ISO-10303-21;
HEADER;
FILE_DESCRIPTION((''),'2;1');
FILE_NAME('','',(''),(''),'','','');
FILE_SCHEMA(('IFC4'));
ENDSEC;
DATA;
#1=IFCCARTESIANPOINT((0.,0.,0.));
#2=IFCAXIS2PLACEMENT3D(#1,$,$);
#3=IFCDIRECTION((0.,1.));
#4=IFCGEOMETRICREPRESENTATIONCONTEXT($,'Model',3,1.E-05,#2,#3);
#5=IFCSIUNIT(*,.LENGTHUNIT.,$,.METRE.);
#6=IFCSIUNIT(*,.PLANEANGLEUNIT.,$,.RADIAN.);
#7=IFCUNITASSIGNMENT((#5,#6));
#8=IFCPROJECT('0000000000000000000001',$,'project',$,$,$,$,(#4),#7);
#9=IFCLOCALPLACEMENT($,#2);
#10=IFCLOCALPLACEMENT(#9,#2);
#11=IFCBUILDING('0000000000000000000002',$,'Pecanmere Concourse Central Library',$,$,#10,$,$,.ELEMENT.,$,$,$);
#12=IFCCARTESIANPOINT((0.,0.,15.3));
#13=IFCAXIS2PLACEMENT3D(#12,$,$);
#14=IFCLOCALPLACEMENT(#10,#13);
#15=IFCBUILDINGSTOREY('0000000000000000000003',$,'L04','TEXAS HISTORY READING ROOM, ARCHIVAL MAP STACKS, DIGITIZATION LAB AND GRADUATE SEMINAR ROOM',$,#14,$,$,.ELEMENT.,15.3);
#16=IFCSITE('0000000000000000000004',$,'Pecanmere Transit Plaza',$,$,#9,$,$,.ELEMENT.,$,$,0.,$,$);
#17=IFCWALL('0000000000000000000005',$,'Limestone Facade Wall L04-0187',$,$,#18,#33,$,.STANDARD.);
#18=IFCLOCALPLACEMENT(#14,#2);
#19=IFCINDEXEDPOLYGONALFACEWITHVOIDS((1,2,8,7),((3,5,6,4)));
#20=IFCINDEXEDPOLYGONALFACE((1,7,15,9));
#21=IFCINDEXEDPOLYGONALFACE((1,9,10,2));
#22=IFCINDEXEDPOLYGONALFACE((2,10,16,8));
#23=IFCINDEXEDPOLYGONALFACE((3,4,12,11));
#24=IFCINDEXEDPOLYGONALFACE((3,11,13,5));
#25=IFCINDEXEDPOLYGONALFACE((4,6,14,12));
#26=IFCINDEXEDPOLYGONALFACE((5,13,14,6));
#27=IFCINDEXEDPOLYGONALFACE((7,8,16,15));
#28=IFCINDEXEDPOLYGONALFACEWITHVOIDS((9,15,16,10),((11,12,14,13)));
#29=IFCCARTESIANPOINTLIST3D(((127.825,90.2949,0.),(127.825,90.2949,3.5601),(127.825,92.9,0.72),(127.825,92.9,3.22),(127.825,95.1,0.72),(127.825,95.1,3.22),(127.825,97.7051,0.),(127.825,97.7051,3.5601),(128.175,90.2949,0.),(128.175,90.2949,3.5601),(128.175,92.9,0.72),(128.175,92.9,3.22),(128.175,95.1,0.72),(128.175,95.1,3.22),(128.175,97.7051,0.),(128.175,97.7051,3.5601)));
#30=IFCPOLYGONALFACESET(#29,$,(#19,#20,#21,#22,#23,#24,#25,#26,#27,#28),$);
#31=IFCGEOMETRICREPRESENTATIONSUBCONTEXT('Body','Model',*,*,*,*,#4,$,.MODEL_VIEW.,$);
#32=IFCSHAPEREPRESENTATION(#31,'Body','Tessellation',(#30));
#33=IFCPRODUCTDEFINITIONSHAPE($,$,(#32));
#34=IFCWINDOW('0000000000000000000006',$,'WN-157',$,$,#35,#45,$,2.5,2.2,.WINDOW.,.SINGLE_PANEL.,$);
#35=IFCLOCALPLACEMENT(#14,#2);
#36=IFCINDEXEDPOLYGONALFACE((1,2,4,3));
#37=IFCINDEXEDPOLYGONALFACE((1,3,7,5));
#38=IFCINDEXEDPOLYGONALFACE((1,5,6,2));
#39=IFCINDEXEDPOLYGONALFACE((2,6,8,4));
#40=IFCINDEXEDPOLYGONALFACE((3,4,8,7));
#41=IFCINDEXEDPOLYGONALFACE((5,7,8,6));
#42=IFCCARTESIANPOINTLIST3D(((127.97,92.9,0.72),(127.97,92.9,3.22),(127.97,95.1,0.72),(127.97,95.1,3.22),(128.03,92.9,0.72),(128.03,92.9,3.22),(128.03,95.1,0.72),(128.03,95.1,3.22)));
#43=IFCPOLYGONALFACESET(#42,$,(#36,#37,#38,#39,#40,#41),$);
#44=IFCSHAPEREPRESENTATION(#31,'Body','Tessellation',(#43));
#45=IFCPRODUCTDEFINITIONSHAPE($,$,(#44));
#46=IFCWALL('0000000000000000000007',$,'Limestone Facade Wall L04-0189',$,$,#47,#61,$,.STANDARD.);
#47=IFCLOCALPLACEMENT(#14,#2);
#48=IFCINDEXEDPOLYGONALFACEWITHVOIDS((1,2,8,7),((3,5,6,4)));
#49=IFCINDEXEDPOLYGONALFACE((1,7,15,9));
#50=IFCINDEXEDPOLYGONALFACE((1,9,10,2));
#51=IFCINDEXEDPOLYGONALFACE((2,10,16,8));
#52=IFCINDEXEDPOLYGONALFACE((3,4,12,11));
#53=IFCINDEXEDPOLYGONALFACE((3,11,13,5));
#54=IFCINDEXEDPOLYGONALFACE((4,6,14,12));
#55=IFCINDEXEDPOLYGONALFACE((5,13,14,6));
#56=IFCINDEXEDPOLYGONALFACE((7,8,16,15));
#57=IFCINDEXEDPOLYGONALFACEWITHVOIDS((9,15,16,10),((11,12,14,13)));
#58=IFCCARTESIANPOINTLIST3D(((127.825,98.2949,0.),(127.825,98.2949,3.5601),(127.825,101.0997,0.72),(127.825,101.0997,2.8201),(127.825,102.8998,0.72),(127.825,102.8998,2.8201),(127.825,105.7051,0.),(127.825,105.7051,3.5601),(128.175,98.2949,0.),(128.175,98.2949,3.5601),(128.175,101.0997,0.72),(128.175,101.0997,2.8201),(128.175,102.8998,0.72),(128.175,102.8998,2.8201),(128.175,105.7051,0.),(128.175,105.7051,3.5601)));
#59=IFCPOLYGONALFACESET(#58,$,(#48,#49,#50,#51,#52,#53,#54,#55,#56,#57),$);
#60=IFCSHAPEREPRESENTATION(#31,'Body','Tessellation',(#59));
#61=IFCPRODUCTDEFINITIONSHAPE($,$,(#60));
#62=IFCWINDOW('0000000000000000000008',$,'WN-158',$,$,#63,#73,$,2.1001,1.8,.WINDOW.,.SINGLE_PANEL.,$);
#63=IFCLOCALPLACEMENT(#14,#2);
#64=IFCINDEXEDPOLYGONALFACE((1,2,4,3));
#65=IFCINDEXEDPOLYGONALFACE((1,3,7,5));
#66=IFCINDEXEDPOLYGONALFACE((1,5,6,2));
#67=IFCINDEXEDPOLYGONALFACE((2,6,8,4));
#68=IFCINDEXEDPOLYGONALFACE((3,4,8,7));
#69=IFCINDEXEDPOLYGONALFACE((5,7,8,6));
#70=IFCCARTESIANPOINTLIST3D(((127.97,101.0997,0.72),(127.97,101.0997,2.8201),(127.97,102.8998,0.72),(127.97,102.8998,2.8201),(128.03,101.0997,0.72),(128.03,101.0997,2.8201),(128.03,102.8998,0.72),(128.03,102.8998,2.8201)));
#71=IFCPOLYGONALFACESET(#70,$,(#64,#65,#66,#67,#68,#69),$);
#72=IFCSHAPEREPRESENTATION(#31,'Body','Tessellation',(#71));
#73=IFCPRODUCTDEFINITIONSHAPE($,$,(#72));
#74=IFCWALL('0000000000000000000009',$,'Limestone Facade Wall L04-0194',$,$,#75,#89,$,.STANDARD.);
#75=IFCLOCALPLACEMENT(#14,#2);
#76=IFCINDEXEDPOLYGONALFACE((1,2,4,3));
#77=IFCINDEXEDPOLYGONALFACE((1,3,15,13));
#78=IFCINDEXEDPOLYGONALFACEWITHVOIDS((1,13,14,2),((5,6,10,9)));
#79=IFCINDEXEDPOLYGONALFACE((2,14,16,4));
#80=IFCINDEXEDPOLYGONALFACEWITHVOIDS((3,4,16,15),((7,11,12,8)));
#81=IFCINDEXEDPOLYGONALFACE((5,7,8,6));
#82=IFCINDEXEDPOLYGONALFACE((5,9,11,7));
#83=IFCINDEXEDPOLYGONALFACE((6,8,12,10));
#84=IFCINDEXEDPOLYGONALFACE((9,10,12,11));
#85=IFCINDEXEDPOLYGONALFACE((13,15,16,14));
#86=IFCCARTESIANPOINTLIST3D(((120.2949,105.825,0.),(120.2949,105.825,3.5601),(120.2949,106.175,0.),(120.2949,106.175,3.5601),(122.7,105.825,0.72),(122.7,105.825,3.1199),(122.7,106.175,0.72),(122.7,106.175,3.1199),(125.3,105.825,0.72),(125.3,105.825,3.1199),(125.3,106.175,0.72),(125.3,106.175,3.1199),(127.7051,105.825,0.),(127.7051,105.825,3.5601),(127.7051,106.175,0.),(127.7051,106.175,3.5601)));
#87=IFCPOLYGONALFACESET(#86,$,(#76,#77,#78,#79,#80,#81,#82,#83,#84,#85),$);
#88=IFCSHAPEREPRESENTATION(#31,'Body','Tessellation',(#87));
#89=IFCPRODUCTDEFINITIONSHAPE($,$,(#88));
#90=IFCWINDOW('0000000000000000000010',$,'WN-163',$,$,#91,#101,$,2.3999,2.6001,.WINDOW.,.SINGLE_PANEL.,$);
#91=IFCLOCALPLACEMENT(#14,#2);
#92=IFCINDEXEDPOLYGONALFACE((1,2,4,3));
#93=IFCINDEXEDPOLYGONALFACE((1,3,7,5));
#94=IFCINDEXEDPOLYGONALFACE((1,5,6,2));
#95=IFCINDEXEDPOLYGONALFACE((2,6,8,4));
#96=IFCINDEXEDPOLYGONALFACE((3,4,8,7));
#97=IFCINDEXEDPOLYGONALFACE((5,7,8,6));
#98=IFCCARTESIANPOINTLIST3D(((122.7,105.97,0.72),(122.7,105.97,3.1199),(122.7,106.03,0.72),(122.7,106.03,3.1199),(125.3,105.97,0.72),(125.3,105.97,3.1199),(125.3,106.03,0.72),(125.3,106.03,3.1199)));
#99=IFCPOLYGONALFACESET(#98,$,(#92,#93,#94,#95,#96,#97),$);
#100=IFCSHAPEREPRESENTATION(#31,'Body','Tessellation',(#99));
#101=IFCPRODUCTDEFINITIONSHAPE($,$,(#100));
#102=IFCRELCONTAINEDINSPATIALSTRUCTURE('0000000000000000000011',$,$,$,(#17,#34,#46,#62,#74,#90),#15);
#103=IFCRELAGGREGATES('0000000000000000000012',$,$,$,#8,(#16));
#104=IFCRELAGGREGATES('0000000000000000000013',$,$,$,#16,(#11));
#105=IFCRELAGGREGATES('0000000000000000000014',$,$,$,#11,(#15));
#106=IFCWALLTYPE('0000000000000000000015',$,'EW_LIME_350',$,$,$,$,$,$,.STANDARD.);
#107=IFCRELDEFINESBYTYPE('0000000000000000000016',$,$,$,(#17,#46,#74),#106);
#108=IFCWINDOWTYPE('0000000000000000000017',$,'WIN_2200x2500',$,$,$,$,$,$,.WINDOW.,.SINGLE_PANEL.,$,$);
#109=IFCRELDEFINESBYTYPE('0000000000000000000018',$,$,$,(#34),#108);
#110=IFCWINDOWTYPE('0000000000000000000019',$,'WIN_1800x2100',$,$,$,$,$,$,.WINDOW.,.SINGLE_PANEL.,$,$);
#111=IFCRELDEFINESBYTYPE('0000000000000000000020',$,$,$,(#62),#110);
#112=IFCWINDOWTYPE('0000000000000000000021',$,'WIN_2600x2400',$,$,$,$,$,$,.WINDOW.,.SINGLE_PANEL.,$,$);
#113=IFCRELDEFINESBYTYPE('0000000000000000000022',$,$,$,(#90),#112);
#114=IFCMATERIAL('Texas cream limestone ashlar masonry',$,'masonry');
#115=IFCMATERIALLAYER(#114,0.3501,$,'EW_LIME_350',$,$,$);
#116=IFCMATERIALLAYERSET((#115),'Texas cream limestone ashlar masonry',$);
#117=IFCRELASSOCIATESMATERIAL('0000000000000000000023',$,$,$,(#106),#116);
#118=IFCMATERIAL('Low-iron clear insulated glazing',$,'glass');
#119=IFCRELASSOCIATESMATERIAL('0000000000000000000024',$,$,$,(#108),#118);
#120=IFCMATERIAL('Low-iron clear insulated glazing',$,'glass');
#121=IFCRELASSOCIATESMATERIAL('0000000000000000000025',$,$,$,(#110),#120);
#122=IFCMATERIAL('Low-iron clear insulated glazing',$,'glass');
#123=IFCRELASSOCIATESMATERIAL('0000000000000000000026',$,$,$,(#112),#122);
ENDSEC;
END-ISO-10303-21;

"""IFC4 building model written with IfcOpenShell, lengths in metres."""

from ifc_helpers import new_model, si_unit, direction, frame, frame_2d, origin, place, context, subcontext, project, spatial, rectangle, extrude, material, layer, layer_set, type_object, element, fill, save


model = new_model("IFC4")

# Units and contexts
model_context = context("Model", 3, precision=1e-05, world=origin(), true_north=direction((0.0, 1.0)))
body_context = subcontext(model_context, "Body", "Model", "MODEL_VIEW")
ifc_project = project(units=[si_unit("LENGTHUNIT", "METRE"), si_unit("PLANEANGLEUNIT", "RADIAN")], contexts=[model_context])

# Site, building, storey
site_placement = place(None, origin())
site = spatial("IfcSite", under=ifc_project, at=site_placement, Name="Pecanmere Transit Plaza", CompositionType="ELEMENT", RefElevation=0.0)
building_placement = place(site_placement, origin())
building = spatial("IfcBuilding", under=site, at=building_placement, Name="Pecanmere Concourse Central Library", CompositionType="ELEMENT")
storey_placement = place(building_placement, frame((0.0, 0.0, 15.3)))
storey = spatial("IfcBuildingStorey", under=building, at=storey_placement, Name="L04", Description="TEXAS HISTORY READING ROOM, ARCHIVAL MAP STACKS, DIGITIZATION LAB AND GRADUATE SEMINAR ROOM", CompositionType="ELEMENT", Elevation=15.3)

# Walls, openings, windows
ifc_material_1 = material(Name="Texas cream limestone ashlar masonry", Category="masonry")
ifc_layer = layer(ifc_material_1, 0.3501, Name="EW_LIME_350")
ifc_layer_set = layer_set([ifc_layer], Name="Texas cream limestone ashlar masonry")
wall_type = type_object("IfcWallType", Name="EW_LIME_350", PredefinedType="STANDARD", material=ifc_layer_set)
wall_1_placement = place(storey_placement, frame((128.0, 90.2949, 0.0), z_axis=(0.0, 0.0, 1.0), x_axis=(0.0, 1.0, 0.0)))
wall_1 = element("IfcWall", 1, at=wall_1_placement, inside=storey, type_object=wall_type, Name="Limestone Facade Wall L04-0187", PredefinedType="STANDARD", context=body_context, shape_type="SweptSolid", body=[
    extrude(rectangle(XDim=7.4102, YDim=0.3501, at=frame_2d((3.7051, 0.0))), origin(), (0.0, 0.0, 1.0), 3.5601),
])
opening_1_placement = place(wall_1_placement, frame((2.605, 0.0, 0.72)))
opening_1 = element("IfcOpeningElement", 2, at=opening_1_placement, cuts=wall_1, PredefinedType="OPENING", context=body_context, shape_type="SweptSolid", body=[
    extrude(rectangle(XDim=2.2, YDim=2.5, at=frame_2d((1.1001, 1.25))), frame((0.0, 0.187, 0.0), z_axis=(0.0, -1.0, 0.0), x_axis=(1.0, 0.0, 0.0)), (0.0, 0.0, 1.0), 0.374),
])
ifc_material_2 = material(Name="Low-iron clear insulated glazing", Category="glass")
window_type_1 = type_object("IfcWindowType", Name="WIN_2200x2500", PartitioningType="SINGLE_PANEL", PredefinedType="WINDOW", material=ifc_material_2)
window_1_placement = place(opening_1_placement, origin())
window_1 = element("IfcWindow", 3, at=window_1_placement, inside=storey, type_object=window_type_1, Name="WN-157", OverallHeight=2.5, OverallWidth=2.2, PartitioningType="SINGLE_PANEL", PredefinedType="WINDOW", context=body_context, shape_type="SweptSolid", body=[
    extrude(rectangle(XDim=2.2, YDim=2.5, at=frame_2d((1.1001, 1.25))), frame((0.0, 0.03, 0.0), z_axis=(0.0, -1.0, 0.0), x_axis=(1.0, 0.0, 0.0)), (0.0, 0.0, 1.0), 0.0601),
])
fill(opening_1, window_1)
wall_2_placement = place(storey_placement, frame((128.0, 98.2949, 0.0), z_axis=(0.0, 0.0, 1.0), x_axis=(0.0, 1.0, 0.0)))
wall_2 = element("IfcWall", 4, at=wall_2_placement, inside=storey, type_object=wall_type, Name="Limestone Facade Wall L04-0189", PredefinedType="STANDARD", context=body_context, shape_type="SweptSolid", body=[
    extrude(rectangle(XDim=7.4102, YDim=0.3501, at=frame_2d((3.7051, 0.0))), origin(), (0.0, 0.0, 1.0), 3.5601),
])
opening_2_placement = place(wall_2_placement, frame((2.8049, 0.0, 0.72)))
opening_2 = element("IfcOpeningElement", 5, at=opening_2_placement, cuts=wall_2, PredefinedType="OPENING", context=body_context, shape_type="SweptSolid", body=[
    extrude(rectangle(XDim=1.8, YDim=2.1001, at=frame_2d((0.8999, 1.05))), frame((0.0, 0.187, 0.0), z_axis=(0.0, -1.0, 0.0), x_axis=(1.0, 0.0, 0.0)), (0.0, 0.0, 1.0), 0.374),
])
ifc_material_3 = material(Name="Low-iron clear insulated glazing", Category="glass")
window_type_2 = type_object("IfcWindowType", Name="WIN_1800x2100", PartitioningType="SINGLE_PANEL", PredefinedType="WINDOW", material=ifc_material_3)
window_2_placement = place(opening_2_placement, origin())
window_2 = element("IfcWindow", 6, at=window_2_placement, inside=storey, type_object=window_type_2, Name="WN-158", OverallHeight=2.1001, OverallWidth=1.8, PartitioningType="SINGLE_PANEL", PredefinedType="WINDOW", context=body_context, shape_type="SweptSolid", body=[
    extrude(rectangle(XDim=1.8, YDim=2.1001, at=frame_2d((0.8999, 1.05))), frame((0.0, 0.03, 0.0), z_axis=(0.0, -1.0, 0.0), x_axis=(1.0, 0.0, 0.0)), (0.0, 0.0, 1.0), 0.0601),
])
fill(opening_2, window_2)
wall_3_placement = place(storey_placement, frame((127.7051, 106.0, 0.0), z_axis=(0.0, 0.0, 1.0), x_axis=(-1.0, 0.0, 0.0)))
wall_3 = element("IfcWall", 7, at=wall_3_placement, inside=storey, type_object=wall_type, Name="Limestone Facade Wall L04-0194", PredefinedType="STANDARD", context=body_context, shape_type="SweptSolid", body=[
    extrude(rectangle(XDim=7.4102, YDim=0.3501, at=frame_2d((3.7051, 0.0))), origin(), (0.0, 0.0, 1.0), 3.5601),
])
opening_3_placement = place(wall_3_placement, frame((2.405, 0.0, 0.72)))
opening_3 = element("IfcOpeningElement", 8, at=opening_3_placement, cuts=wall_3, PredefinedType="OPENING", context=body_context, shape_type="SweptSolid", body=[
    extrude(rectangle(XDim=2.6001, YDim=2.3999, at=frame_2d((1.3, 1.2))), frame((0.0, 0.187, 0.0), z_axis=(0.0, -1.0, 0.0), x_axis=(1.0, 0.0, 0.0)), (0.0, 0.0, 1.0), 0.374),
])
ifc_material_4 = material(Name="Low-iron clear insulated glazing", Category="glass")
window_type_3 = type_object("IfcWindowType", Name="WIN_2600x2400", PartitioningType="SINGLE_PANEL", PredefinedType="WINDOW", material=ifc_material_4)
window_3_placement = place(opening_3_placement, origin())
window_3 = element("IfcWindow", 9, at=window_3_placement, inside=storey, type_object=window_type_3, Name="WN-163", OverallHeight=2.3999, OverallWidth=2.6001, PartitioningType="SINGLE_PANEL", PredefinedType="WINDOW", context=body_context, shape_type="SweptSolid", body=[
    extrude(rectangle(XDim=2.6001, YDim=2.3999, at=frame_2d((1.3, 1.2))), frame((0.0, 0.03, 0.0), z_axis=(0.0, -1.0, 0.0), x_axis=(1.0, 0.0, 0.0)), (0.0, 0.0, 1.0), 0.0601),
])
fill(opening_3, window_3)

save(model, "model.ifc")
